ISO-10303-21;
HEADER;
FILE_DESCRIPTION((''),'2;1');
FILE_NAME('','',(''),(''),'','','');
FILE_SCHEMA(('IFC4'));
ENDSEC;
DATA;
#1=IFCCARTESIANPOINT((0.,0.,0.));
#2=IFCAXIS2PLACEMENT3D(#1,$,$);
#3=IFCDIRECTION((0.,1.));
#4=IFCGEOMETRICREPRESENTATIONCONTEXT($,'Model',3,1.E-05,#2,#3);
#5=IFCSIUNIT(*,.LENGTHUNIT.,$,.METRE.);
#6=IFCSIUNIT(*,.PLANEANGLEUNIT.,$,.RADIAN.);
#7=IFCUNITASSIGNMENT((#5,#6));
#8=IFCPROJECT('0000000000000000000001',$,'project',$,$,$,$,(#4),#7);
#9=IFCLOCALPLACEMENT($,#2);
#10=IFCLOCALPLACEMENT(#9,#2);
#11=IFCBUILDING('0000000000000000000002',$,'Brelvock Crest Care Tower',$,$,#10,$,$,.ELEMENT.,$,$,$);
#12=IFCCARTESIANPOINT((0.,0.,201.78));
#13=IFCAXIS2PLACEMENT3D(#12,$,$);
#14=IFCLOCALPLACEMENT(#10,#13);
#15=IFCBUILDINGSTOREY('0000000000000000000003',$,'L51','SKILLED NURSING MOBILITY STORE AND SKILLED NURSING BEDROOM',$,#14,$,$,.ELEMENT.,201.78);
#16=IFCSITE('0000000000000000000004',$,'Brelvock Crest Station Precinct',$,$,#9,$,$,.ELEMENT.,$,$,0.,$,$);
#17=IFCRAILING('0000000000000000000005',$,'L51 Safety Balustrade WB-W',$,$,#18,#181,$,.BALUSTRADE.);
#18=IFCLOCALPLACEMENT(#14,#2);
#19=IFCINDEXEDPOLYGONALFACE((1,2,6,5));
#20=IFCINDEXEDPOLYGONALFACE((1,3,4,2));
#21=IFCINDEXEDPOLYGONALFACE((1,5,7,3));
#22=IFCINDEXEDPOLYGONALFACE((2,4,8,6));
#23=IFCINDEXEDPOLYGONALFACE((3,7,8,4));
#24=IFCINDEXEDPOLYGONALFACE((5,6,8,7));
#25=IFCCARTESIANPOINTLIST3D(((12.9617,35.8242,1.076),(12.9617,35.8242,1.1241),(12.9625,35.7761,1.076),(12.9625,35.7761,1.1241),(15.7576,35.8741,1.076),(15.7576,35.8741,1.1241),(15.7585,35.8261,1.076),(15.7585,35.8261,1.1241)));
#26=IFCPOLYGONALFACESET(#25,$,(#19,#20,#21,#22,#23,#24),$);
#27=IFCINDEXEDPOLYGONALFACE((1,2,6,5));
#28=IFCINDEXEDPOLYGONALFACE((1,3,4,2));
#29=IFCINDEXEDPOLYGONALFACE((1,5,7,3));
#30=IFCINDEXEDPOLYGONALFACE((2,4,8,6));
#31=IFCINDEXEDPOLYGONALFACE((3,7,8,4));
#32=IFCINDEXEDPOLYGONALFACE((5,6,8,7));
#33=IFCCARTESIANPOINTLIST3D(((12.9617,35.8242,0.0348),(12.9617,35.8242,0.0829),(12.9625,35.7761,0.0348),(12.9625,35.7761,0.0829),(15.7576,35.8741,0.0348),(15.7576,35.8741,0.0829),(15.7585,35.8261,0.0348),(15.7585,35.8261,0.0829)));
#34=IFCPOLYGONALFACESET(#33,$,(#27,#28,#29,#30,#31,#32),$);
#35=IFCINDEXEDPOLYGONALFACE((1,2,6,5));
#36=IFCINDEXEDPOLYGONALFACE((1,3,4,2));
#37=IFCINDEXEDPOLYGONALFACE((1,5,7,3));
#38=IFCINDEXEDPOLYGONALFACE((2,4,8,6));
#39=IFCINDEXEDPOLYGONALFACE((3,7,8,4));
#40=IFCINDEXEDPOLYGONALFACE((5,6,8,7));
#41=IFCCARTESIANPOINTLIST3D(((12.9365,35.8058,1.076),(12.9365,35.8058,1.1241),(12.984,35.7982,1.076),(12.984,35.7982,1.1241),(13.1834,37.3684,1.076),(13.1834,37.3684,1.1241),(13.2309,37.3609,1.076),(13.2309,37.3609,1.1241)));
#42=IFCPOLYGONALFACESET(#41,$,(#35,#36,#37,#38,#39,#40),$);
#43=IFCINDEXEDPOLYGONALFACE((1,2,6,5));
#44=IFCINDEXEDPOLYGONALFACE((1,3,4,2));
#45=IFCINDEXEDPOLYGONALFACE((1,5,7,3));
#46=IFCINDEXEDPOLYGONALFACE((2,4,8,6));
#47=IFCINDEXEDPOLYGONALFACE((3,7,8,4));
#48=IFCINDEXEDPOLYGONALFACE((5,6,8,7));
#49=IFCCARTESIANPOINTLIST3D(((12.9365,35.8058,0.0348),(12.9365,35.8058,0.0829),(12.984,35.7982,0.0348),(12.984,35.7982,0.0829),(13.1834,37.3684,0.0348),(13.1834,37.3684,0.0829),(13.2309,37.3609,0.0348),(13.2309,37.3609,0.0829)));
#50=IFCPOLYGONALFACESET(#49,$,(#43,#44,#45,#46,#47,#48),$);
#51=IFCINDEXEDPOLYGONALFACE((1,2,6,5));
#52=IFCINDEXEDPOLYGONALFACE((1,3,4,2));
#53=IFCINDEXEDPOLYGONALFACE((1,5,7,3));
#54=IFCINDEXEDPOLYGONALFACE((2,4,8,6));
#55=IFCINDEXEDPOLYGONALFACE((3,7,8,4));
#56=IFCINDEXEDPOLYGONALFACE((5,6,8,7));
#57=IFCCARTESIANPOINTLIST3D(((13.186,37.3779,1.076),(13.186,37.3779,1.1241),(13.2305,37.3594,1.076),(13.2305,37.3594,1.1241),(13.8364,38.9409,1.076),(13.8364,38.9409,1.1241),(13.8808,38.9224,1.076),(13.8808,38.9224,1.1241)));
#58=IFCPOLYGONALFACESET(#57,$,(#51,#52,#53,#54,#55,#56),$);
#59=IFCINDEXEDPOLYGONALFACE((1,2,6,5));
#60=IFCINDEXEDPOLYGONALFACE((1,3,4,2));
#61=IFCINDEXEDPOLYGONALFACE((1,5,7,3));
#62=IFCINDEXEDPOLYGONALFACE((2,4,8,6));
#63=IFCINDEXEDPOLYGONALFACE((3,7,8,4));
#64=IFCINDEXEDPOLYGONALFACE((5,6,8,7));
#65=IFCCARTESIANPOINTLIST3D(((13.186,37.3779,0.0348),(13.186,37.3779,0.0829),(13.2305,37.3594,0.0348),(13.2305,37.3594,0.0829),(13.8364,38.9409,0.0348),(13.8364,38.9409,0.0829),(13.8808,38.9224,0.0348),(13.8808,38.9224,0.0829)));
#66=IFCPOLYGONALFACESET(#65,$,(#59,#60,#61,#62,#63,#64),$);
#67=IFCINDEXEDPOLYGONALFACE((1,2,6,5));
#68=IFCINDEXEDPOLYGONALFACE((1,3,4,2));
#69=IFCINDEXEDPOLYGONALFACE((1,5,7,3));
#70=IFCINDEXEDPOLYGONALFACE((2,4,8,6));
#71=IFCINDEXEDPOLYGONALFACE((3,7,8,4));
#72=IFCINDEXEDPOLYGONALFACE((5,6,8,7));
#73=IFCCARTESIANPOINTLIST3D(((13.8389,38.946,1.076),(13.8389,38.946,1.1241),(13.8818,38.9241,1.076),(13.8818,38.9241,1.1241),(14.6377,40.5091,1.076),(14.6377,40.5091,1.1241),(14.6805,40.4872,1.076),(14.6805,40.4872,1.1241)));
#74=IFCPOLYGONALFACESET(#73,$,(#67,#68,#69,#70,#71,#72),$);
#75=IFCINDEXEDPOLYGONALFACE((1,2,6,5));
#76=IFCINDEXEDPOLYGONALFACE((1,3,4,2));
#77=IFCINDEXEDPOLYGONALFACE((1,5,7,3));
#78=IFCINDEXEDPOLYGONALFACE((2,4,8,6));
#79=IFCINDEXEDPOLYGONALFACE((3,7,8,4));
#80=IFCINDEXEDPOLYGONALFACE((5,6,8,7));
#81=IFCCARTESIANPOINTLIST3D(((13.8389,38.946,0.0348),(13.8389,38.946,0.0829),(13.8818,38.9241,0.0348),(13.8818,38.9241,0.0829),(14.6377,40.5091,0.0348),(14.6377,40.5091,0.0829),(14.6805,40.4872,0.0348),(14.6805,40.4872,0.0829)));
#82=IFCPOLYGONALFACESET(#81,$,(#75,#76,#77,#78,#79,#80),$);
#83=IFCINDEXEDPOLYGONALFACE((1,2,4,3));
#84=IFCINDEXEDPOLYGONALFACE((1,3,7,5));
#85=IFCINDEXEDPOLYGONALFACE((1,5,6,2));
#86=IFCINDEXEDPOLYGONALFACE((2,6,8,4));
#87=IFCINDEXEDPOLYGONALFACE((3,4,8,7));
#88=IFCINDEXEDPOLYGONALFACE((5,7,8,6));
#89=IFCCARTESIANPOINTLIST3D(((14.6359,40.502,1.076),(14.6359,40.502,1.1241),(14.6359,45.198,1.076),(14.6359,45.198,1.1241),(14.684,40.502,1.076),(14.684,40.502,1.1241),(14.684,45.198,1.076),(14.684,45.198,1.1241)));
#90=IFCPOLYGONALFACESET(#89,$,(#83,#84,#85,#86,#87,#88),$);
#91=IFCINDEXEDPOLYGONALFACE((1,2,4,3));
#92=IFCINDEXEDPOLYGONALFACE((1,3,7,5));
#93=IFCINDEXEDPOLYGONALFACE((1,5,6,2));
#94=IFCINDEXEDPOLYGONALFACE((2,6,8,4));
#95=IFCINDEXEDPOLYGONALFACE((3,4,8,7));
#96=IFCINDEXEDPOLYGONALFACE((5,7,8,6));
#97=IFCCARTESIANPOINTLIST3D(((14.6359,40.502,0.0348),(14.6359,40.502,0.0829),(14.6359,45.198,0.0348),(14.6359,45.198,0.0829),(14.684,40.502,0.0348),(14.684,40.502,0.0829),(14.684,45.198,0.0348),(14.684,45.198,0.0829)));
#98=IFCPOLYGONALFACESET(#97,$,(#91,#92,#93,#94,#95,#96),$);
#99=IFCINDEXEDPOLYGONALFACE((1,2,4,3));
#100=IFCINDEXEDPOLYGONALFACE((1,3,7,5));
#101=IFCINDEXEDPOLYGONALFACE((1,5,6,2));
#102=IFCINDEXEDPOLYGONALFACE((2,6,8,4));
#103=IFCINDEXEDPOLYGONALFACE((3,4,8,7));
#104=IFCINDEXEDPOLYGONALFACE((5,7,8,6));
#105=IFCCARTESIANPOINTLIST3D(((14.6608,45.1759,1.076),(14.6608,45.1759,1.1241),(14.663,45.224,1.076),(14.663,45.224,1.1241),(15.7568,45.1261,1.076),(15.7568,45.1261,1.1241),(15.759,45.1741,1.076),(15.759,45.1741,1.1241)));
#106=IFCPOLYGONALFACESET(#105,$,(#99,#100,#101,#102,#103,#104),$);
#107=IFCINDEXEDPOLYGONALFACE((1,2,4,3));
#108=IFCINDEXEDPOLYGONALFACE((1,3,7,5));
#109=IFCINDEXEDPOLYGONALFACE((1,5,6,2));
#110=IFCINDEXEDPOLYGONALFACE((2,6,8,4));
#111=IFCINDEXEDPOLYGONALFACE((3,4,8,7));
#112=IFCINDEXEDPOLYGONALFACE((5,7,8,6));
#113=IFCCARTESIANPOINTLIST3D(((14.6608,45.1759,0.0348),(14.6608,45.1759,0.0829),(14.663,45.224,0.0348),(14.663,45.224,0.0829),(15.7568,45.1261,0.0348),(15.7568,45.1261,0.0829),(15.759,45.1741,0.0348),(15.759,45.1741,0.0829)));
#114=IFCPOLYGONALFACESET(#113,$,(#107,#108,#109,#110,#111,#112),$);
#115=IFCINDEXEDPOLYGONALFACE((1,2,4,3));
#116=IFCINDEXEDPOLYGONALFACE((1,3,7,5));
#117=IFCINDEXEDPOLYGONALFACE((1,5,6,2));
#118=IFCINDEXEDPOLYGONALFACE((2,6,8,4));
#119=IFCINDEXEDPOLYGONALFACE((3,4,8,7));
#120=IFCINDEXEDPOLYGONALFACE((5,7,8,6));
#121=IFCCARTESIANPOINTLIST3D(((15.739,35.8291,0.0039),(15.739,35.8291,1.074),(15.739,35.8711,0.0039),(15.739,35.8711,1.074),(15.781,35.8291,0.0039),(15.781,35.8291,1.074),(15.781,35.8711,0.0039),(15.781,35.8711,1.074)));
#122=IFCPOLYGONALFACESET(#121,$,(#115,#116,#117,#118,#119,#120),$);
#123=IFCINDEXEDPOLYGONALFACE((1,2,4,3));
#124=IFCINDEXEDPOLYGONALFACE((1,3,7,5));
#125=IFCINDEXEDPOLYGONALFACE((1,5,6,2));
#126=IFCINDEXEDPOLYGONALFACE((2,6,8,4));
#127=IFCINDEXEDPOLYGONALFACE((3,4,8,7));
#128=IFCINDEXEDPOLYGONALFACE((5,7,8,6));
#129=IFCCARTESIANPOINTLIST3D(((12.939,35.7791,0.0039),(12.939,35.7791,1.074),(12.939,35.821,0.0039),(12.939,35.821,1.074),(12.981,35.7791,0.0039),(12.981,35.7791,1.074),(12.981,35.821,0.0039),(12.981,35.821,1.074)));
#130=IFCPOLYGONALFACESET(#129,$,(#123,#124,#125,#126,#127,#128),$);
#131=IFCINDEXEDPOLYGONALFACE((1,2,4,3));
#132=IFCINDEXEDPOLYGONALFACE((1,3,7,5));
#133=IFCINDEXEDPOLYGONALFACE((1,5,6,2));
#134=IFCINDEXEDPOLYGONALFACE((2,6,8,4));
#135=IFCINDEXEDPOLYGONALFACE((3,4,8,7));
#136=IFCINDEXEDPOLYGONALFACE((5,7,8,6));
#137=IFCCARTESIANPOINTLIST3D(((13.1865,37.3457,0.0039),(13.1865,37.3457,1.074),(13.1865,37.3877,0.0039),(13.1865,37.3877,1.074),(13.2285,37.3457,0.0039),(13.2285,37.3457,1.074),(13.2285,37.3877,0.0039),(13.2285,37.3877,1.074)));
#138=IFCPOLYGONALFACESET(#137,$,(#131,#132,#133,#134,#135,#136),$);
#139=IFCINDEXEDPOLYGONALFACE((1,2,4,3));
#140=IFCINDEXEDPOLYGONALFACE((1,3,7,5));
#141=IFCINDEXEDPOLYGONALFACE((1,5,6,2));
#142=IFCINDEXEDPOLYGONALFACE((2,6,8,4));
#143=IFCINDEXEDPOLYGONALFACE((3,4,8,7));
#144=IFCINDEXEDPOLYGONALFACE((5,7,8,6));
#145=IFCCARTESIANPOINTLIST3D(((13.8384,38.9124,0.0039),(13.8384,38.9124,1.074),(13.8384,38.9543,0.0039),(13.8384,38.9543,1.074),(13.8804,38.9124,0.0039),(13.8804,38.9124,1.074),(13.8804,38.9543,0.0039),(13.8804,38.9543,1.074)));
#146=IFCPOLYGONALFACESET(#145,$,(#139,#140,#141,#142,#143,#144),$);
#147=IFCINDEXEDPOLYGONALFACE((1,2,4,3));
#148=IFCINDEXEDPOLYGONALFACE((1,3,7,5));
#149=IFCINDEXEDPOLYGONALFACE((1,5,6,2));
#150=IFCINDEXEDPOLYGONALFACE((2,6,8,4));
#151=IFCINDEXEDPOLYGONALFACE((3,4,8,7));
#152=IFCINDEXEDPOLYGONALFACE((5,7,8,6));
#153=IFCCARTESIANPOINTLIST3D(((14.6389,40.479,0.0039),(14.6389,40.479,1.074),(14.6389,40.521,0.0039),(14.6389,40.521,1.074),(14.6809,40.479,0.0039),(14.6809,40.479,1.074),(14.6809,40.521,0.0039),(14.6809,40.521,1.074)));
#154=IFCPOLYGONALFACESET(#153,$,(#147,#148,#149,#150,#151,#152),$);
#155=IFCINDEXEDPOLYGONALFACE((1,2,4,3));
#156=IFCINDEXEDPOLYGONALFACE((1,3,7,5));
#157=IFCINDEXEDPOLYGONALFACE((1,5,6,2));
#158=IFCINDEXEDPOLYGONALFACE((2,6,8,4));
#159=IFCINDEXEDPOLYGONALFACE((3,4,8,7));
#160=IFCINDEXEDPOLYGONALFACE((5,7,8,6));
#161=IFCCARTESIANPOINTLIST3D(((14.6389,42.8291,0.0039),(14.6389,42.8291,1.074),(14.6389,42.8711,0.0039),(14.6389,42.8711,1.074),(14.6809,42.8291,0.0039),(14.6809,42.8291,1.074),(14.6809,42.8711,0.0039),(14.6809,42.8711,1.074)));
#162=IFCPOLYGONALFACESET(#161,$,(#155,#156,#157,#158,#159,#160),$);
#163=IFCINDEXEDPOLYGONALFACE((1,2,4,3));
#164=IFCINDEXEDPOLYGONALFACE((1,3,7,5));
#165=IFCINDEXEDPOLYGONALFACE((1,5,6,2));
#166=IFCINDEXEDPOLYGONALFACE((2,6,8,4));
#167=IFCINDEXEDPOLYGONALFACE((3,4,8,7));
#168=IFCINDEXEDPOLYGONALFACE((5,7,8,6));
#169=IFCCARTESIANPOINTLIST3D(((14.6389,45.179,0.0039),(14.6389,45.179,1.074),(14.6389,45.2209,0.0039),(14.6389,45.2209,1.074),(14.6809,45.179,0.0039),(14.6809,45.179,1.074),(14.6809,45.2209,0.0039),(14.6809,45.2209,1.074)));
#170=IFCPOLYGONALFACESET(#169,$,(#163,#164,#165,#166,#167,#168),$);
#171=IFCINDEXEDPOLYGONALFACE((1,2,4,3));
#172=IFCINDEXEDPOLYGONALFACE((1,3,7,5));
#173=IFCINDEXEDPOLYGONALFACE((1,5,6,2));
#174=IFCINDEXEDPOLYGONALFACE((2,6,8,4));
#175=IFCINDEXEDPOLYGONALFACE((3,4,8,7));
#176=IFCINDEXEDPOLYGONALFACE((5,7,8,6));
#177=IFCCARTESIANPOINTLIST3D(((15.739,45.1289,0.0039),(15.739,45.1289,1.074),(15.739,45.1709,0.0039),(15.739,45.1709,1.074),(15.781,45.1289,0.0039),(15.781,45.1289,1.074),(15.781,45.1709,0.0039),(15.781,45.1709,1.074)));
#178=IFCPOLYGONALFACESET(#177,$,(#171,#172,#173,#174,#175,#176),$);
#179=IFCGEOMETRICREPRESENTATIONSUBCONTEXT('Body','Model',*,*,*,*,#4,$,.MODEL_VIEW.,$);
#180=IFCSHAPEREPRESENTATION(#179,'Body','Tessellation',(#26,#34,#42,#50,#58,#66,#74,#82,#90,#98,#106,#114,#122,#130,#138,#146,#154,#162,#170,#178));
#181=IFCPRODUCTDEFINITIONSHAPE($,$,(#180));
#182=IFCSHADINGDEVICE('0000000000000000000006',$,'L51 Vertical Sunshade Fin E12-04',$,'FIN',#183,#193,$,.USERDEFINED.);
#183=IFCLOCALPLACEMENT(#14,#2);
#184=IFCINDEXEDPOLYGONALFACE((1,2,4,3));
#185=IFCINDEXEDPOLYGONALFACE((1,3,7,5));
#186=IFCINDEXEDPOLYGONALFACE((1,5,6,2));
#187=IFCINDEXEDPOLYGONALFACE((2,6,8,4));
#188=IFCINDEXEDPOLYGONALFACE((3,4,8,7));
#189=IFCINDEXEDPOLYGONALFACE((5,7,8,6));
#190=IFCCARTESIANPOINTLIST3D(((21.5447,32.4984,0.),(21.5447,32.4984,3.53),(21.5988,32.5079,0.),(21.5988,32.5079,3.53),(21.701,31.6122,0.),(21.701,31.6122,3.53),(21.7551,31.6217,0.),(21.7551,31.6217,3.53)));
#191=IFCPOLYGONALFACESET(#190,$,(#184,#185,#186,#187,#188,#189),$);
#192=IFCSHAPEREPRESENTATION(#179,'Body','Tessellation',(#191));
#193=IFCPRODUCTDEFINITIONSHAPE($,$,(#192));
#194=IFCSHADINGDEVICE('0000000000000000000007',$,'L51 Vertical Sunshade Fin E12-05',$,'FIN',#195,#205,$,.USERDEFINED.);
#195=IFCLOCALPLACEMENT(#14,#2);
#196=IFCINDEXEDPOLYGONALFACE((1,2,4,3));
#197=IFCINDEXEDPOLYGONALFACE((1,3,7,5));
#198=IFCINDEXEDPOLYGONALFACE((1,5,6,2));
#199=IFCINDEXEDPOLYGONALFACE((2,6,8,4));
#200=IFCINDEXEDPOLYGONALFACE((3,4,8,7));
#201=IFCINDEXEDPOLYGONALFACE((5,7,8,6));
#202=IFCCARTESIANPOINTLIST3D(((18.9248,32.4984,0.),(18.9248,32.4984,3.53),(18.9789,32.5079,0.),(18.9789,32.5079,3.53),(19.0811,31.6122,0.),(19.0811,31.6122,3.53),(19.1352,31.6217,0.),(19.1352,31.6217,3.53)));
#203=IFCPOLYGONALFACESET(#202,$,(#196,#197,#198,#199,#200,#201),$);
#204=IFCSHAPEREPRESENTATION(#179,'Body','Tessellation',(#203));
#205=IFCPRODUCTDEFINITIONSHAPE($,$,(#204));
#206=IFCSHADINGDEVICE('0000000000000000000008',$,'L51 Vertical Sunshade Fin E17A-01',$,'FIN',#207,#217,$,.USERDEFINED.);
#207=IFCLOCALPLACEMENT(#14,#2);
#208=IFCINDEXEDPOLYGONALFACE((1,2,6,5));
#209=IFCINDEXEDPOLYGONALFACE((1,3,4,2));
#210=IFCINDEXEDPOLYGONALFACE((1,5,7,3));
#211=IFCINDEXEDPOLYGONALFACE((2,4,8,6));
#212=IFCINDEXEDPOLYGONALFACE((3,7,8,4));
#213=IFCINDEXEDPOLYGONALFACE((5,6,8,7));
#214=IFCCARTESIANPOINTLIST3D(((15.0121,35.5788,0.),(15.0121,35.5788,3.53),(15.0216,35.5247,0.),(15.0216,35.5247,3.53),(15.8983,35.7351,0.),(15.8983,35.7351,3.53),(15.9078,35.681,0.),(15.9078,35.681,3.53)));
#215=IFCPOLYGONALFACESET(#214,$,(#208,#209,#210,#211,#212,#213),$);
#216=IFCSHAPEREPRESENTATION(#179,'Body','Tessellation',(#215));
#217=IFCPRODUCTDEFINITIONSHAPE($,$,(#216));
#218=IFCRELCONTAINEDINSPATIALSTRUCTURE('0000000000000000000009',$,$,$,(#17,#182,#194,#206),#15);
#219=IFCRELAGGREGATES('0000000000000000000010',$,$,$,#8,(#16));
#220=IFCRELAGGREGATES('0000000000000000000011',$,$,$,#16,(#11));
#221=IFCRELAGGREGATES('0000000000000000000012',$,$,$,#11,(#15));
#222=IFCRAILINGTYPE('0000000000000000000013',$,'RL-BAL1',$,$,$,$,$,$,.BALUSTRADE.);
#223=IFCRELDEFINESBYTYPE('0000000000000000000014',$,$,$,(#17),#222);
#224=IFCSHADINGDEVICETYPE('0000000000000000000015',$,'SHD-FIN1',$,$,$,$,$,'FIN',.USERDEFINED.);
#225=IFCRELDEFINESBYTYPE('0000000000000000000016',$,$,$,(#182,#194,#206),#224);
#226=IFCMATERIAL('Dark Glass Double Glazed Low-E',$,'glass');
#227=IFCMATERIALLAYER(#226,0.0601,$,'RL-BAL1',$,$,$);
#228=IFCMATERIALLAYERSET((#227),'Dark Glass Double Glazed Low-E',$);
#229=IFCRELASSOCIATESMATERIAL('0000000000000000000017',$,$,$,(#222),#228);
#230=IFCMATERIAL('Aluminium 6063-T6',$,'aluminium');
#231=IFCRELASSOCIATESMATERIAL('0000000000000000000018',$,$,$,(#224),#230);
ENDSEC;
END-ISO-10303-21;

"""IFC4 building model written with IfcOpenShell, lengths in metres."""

from ifc_helpers import new_model, si_unit, direction, frame, origin, origin_2d, place, context, subcontext, project, spatial, rectangle, extrude, source, transform, mapped, material, layer, layer_set, material_profile, profile_set, type_object, element, save


model = new_model("IFC4")

# Units and contexts
model_context = context("Model", 3, precision=1e-05, world=origin(), true_north=direction((0.0, 1.0)))
body_context = subcontext(model_context, "Body", "Model", "MODEL_VIEW")
ifc_project = project(units=[si_unit("LENGTHUNIT", "METRE"), si_unit("PLANEANGLEUNIT", "RADIAN")], contexts=[model_context])

# Site, building, storey
site_placement = place(None, origin())
site = spatial("IfcSite", under=ifc_project, at=site_placement, Name="Brelvock Crest Station Precinct", CompositionType="ELEMENT", RefElevation=0.0)
building_placement = place(site_placement, origin())
building = spatial("IfcBuilding", under=site, at=building_placement, Name="Brelvock Crest Care Tower", CompositionType="ELEMENT")
storey_placement = place(building_placement, frame((0.0, 0.0, 201.78)))
storey = spatial("IfcBuildingStorey", under=building, at=storey_placement, Name="L51", Description="SKILLED NURSING MOBILITY STORE AND SKILLED NURSING BEDROOM", CompositionType="ELEMENT", Elevation=201.78)

# Shared definitions
ifc_material_1 = material(Name="Dark Glass Double Glazed Low-E", Category="glass")
ifc_material_2 = material(Name="Aluminium 6063-T6", Category="aluminium")

# Railing
ifc_layer_1 = layer(ifc_material_1, 0.0601, Name="RL-BAL1")
ifc_layer_set_1 = layer_set([ifc_layer_1], Name="Dark Glass Double Glazed Low-E")
railing_type = type_object("IfcRailingType", Name="RL-BAL1", PredefinedType="BALUSTRADE", material=ifc_layer_set_1)
railing_placement = place(storey_placement, frame((15.76, 35.8501, 0.0039)))
element("IfcRailing", 1, at=railing_placement, inside=storey, type_object=railing_type, Name="L51 Safety Balustrade WB-W", PredefinedType="BALUSTRADE", context=body_context, shape_type="SweptSolid", body=[
    extrude(rectangle(XDim=0.0481, YDim=0.0481, at=origin_2d()), frame((-0.002, 0.0, 1.0962), z_axis=(-0.99984, -0.017871, 0.0), x_axis=(0.017871, -0.99984, 0.0)), (0.0, 0.0, 1.0), 2.7964),
    extrude(rectangle(XDim=0.0481, YDim=0.0481, at=origin_2d()), frame((-0.002, 0.0, 0.0549), z_axis=(-0.99984, -0.017871, 0.0), x_axis=(0.017871, -0.99984, 0.0)), (0.0, 0.0, 1.0), 2.7964),
    extrude(rectangle(XDim=0.0481, YDim=0.0481, at=origin_2d()), frame((-2.7998, -0.0481, 1.0962), z_axis=(0.156081, 0.987744, 0.0), x_axis=(-0.987744, 0.156081, 0.0)), (0.0, 0.0, 1.0), 1.582),
    extrude(rectangle(XDim=0.0481, YDim=0.0481, at=origin_2d()), frame((-2.7998, -0.0481, 0.0549), z_axis=(0.156081, 0.987744, 0.0), x_axis=(-0.987744, 0.156081, 0.0)), (0.0, 0.0, 1.0), 1.582),
    extrude(rectangle(XDim=0.0481, YDim=0.0481, at=origin_2d()), frame((-2.5518, 1.5186, 1.0962), z_axis=(0.384156, 0.923268, 0.0), x_axis=(-0.923268, 0.384156, 0.0)), (0.0, 0.0, 1.0), 1.6929),
    extrude(rectangle(XDim=0.0481, YDim=0.0481, at=origin_2d()), frame((-2.5518, 1.5186, 0.0549), z_axis=(0.384156, 0.923268, 0.0), x_axis=(-0.923268, 0.384156, 0.0)), (0.0, 0.0, 1.0), 1.6929),
    extrude(rectangle(XDim=0.0481, YDim=0.0481, at=origin_2d()), frame((-1.8997, 3.085, 1.0962), z_axis=(0.455023, 0.89048, 0.0), x_axis=(-0.89048, 0.455023, 0.0)), (0.0, 0.0, 1.0), 1.7554),
    extrude(rectangle(XDim=0.0481, YDim=0.0481, at=origin_2d()), frame((-1.8997, 3.085, 0.0549), z_axis=(0.455023, 0.89048, 0.0), x_axis=(-0.89048, 0.455023, 0.0)), (0.0, 0.0, 1.0), 1.7554),
    extrude(rectangle(XDim=0.0481, YDim=0.0481, at=origin_2d()), frame((-1.1001, 4.6519, 1.0962), z_axis=(0.0, 1.0, 0.0), x_axis=(-1.0, 0.0, 0.0)), (0.0, 0.0, 1.0), 4.696),
    extrude(rectangle(XDim=0.0481, YDim=0.0481, at=origin_2d()), frame((-1.1001, 4.6519, 0.0549), z_axis=(0.0, 1.0, 0.0), x_axis=(-1.0, 0.0, 0.0)), (0.0, 0.0, 1.0), 4.696),
    extrude(rectangle(XDim=0.0481, YDim=0.0481, at=origin_2d()), frame((-1.0981, 9.3499, 1.0962), z_axis=(0.998967, -0.045448, 0.0), x_axis=(0.045448, 0.998967, 0.0)), (0.0, 0.0, 1.0), 1.0972),
    extrude(rectangle(XDim=0.0481, YDim=0.0481, at=origin_2d()), frame((-1.0981, 9.3499, 0.0549), z_axis=(0.998967, -0.045448, 0.0), x_axis=(0.045448, 0.998967, 0.0)), (0.0, 0.0, 1.0), 1.0972),
    extrude(rectangle(XDim=0.042, YDim=0.042, at=origin_2d()), origin(), (0.0, 0.0, 1.0), 1.0701),
    extrude(rectangle(XDim=0.042, YDim=0.042, at=origin_2d()), frame((-2.8, -0.05, 0.0)), (0.0, 0.0, 1.0), 1.0701),
    extrude(rectangle(XDim=0.042, YDim=0.042, at=origin_2d()), frame((-2.5525, 1.5166, 0.0)), (0.0, 0.0, 1.0), 1.0701),
    extrude(rectangle(XDim=0.042, YDim=0.042, at=origin_2d()), frame((-1.9006, 3.0833, 0.0)), (0.0, 0.0, 1.0), 1.0701),
    extrude(rectangle(XDim=0.042, YDim=0.042, at=origin_2d()), frame((-1.1001, 4.6499, 0.0)), (0.0, 0.0, 1.0), 1.0701),
    extrude(rectangle(XDim=0.042, YDim=0.042, at=origin_2d()), frame((-1.1001, 7.0, 0.0)), (0.0, 0.0, 1.0), 1.0701),
    extrude(rectangle(XDim=0.042, YDim=0.042, at=origin_2d()), frame((-1.1001, 9.3499, 0.0)), (0.0, 0.0, 1.0), 1.0701),
    extrude(rectangle(XDim=0.042, YDim=0.042, at=origin_2d()), frame((0.0, 9.2998, 0.0)), (0.0, 0.0, 1.0), 1.0701),
])

# Shading devices
ifc_material_profile_1 = material_profile(ifc_material_2, rectangle(XDim=0.0549, YDim=0.8999, at=origin_2d()), Name="FIN55x900")
ifc_profile_set_1 = profile_set([ifc_material_profile_1], Name="Aluminium 6063-T6")
shading_device_type = type_object("IfcShadingDeviceType", Name="SHD-FIN1", ElementType="FIN", PredefinedType="USERDEFINED", material=ifc_profile_set_1)
shared_shape_1 = source(origin(), body_context, "Body", "SweptSolid", [
    extrude(rectangle(XDim=0.0549, YDim=0.8999, at=origin_2d()), origin(), (0.0, 0.0, 1.0), 3.53),
])
for number, where, z_axis, x_axis, name in (
    (2, (21.6499, 32.0601, 0.0), (0.0, 0.0, 1.0), (-0.984808, -0.173648, 0.0), "L51 Vertical Sunshade Fin E12-04"),
    (3, (19.03, 32.0601, 0.0), (0.0, 0.0, 1.0), (-0.984808, -0.173648, 0.0), "L51 Vertical Sunshade Fin E12-05"),
    (4, (15.46, 35.6299, 0.0), (0.0, 0.0, 1.0), (-0.173648, 0.984808, 0.0), "L51 Vertical Sunshade Fin E17A-01"),
):
    element("IfcShadingDevice", number, at=place(storey_placement, frame(where, z_axis=z_axis, x_axis=x_axis)), inside=storey, type_object=shading_device_type, Name=name, ObjectType="FIN", PredefinedType="USERDEFINED", context=body_context, shape_type="MappedRepresentation", body=[
        mapped(shared_shape_1, transform((0.0, 0.0, 0.0), x_axis=(1.0, 0.0, 0.0), y_axis=(0.0, 1.0, 0.0), z_axis=(0.0, 0.0, 1.0), scale=1.0)),
    ])

save(model, "model.ifc")
